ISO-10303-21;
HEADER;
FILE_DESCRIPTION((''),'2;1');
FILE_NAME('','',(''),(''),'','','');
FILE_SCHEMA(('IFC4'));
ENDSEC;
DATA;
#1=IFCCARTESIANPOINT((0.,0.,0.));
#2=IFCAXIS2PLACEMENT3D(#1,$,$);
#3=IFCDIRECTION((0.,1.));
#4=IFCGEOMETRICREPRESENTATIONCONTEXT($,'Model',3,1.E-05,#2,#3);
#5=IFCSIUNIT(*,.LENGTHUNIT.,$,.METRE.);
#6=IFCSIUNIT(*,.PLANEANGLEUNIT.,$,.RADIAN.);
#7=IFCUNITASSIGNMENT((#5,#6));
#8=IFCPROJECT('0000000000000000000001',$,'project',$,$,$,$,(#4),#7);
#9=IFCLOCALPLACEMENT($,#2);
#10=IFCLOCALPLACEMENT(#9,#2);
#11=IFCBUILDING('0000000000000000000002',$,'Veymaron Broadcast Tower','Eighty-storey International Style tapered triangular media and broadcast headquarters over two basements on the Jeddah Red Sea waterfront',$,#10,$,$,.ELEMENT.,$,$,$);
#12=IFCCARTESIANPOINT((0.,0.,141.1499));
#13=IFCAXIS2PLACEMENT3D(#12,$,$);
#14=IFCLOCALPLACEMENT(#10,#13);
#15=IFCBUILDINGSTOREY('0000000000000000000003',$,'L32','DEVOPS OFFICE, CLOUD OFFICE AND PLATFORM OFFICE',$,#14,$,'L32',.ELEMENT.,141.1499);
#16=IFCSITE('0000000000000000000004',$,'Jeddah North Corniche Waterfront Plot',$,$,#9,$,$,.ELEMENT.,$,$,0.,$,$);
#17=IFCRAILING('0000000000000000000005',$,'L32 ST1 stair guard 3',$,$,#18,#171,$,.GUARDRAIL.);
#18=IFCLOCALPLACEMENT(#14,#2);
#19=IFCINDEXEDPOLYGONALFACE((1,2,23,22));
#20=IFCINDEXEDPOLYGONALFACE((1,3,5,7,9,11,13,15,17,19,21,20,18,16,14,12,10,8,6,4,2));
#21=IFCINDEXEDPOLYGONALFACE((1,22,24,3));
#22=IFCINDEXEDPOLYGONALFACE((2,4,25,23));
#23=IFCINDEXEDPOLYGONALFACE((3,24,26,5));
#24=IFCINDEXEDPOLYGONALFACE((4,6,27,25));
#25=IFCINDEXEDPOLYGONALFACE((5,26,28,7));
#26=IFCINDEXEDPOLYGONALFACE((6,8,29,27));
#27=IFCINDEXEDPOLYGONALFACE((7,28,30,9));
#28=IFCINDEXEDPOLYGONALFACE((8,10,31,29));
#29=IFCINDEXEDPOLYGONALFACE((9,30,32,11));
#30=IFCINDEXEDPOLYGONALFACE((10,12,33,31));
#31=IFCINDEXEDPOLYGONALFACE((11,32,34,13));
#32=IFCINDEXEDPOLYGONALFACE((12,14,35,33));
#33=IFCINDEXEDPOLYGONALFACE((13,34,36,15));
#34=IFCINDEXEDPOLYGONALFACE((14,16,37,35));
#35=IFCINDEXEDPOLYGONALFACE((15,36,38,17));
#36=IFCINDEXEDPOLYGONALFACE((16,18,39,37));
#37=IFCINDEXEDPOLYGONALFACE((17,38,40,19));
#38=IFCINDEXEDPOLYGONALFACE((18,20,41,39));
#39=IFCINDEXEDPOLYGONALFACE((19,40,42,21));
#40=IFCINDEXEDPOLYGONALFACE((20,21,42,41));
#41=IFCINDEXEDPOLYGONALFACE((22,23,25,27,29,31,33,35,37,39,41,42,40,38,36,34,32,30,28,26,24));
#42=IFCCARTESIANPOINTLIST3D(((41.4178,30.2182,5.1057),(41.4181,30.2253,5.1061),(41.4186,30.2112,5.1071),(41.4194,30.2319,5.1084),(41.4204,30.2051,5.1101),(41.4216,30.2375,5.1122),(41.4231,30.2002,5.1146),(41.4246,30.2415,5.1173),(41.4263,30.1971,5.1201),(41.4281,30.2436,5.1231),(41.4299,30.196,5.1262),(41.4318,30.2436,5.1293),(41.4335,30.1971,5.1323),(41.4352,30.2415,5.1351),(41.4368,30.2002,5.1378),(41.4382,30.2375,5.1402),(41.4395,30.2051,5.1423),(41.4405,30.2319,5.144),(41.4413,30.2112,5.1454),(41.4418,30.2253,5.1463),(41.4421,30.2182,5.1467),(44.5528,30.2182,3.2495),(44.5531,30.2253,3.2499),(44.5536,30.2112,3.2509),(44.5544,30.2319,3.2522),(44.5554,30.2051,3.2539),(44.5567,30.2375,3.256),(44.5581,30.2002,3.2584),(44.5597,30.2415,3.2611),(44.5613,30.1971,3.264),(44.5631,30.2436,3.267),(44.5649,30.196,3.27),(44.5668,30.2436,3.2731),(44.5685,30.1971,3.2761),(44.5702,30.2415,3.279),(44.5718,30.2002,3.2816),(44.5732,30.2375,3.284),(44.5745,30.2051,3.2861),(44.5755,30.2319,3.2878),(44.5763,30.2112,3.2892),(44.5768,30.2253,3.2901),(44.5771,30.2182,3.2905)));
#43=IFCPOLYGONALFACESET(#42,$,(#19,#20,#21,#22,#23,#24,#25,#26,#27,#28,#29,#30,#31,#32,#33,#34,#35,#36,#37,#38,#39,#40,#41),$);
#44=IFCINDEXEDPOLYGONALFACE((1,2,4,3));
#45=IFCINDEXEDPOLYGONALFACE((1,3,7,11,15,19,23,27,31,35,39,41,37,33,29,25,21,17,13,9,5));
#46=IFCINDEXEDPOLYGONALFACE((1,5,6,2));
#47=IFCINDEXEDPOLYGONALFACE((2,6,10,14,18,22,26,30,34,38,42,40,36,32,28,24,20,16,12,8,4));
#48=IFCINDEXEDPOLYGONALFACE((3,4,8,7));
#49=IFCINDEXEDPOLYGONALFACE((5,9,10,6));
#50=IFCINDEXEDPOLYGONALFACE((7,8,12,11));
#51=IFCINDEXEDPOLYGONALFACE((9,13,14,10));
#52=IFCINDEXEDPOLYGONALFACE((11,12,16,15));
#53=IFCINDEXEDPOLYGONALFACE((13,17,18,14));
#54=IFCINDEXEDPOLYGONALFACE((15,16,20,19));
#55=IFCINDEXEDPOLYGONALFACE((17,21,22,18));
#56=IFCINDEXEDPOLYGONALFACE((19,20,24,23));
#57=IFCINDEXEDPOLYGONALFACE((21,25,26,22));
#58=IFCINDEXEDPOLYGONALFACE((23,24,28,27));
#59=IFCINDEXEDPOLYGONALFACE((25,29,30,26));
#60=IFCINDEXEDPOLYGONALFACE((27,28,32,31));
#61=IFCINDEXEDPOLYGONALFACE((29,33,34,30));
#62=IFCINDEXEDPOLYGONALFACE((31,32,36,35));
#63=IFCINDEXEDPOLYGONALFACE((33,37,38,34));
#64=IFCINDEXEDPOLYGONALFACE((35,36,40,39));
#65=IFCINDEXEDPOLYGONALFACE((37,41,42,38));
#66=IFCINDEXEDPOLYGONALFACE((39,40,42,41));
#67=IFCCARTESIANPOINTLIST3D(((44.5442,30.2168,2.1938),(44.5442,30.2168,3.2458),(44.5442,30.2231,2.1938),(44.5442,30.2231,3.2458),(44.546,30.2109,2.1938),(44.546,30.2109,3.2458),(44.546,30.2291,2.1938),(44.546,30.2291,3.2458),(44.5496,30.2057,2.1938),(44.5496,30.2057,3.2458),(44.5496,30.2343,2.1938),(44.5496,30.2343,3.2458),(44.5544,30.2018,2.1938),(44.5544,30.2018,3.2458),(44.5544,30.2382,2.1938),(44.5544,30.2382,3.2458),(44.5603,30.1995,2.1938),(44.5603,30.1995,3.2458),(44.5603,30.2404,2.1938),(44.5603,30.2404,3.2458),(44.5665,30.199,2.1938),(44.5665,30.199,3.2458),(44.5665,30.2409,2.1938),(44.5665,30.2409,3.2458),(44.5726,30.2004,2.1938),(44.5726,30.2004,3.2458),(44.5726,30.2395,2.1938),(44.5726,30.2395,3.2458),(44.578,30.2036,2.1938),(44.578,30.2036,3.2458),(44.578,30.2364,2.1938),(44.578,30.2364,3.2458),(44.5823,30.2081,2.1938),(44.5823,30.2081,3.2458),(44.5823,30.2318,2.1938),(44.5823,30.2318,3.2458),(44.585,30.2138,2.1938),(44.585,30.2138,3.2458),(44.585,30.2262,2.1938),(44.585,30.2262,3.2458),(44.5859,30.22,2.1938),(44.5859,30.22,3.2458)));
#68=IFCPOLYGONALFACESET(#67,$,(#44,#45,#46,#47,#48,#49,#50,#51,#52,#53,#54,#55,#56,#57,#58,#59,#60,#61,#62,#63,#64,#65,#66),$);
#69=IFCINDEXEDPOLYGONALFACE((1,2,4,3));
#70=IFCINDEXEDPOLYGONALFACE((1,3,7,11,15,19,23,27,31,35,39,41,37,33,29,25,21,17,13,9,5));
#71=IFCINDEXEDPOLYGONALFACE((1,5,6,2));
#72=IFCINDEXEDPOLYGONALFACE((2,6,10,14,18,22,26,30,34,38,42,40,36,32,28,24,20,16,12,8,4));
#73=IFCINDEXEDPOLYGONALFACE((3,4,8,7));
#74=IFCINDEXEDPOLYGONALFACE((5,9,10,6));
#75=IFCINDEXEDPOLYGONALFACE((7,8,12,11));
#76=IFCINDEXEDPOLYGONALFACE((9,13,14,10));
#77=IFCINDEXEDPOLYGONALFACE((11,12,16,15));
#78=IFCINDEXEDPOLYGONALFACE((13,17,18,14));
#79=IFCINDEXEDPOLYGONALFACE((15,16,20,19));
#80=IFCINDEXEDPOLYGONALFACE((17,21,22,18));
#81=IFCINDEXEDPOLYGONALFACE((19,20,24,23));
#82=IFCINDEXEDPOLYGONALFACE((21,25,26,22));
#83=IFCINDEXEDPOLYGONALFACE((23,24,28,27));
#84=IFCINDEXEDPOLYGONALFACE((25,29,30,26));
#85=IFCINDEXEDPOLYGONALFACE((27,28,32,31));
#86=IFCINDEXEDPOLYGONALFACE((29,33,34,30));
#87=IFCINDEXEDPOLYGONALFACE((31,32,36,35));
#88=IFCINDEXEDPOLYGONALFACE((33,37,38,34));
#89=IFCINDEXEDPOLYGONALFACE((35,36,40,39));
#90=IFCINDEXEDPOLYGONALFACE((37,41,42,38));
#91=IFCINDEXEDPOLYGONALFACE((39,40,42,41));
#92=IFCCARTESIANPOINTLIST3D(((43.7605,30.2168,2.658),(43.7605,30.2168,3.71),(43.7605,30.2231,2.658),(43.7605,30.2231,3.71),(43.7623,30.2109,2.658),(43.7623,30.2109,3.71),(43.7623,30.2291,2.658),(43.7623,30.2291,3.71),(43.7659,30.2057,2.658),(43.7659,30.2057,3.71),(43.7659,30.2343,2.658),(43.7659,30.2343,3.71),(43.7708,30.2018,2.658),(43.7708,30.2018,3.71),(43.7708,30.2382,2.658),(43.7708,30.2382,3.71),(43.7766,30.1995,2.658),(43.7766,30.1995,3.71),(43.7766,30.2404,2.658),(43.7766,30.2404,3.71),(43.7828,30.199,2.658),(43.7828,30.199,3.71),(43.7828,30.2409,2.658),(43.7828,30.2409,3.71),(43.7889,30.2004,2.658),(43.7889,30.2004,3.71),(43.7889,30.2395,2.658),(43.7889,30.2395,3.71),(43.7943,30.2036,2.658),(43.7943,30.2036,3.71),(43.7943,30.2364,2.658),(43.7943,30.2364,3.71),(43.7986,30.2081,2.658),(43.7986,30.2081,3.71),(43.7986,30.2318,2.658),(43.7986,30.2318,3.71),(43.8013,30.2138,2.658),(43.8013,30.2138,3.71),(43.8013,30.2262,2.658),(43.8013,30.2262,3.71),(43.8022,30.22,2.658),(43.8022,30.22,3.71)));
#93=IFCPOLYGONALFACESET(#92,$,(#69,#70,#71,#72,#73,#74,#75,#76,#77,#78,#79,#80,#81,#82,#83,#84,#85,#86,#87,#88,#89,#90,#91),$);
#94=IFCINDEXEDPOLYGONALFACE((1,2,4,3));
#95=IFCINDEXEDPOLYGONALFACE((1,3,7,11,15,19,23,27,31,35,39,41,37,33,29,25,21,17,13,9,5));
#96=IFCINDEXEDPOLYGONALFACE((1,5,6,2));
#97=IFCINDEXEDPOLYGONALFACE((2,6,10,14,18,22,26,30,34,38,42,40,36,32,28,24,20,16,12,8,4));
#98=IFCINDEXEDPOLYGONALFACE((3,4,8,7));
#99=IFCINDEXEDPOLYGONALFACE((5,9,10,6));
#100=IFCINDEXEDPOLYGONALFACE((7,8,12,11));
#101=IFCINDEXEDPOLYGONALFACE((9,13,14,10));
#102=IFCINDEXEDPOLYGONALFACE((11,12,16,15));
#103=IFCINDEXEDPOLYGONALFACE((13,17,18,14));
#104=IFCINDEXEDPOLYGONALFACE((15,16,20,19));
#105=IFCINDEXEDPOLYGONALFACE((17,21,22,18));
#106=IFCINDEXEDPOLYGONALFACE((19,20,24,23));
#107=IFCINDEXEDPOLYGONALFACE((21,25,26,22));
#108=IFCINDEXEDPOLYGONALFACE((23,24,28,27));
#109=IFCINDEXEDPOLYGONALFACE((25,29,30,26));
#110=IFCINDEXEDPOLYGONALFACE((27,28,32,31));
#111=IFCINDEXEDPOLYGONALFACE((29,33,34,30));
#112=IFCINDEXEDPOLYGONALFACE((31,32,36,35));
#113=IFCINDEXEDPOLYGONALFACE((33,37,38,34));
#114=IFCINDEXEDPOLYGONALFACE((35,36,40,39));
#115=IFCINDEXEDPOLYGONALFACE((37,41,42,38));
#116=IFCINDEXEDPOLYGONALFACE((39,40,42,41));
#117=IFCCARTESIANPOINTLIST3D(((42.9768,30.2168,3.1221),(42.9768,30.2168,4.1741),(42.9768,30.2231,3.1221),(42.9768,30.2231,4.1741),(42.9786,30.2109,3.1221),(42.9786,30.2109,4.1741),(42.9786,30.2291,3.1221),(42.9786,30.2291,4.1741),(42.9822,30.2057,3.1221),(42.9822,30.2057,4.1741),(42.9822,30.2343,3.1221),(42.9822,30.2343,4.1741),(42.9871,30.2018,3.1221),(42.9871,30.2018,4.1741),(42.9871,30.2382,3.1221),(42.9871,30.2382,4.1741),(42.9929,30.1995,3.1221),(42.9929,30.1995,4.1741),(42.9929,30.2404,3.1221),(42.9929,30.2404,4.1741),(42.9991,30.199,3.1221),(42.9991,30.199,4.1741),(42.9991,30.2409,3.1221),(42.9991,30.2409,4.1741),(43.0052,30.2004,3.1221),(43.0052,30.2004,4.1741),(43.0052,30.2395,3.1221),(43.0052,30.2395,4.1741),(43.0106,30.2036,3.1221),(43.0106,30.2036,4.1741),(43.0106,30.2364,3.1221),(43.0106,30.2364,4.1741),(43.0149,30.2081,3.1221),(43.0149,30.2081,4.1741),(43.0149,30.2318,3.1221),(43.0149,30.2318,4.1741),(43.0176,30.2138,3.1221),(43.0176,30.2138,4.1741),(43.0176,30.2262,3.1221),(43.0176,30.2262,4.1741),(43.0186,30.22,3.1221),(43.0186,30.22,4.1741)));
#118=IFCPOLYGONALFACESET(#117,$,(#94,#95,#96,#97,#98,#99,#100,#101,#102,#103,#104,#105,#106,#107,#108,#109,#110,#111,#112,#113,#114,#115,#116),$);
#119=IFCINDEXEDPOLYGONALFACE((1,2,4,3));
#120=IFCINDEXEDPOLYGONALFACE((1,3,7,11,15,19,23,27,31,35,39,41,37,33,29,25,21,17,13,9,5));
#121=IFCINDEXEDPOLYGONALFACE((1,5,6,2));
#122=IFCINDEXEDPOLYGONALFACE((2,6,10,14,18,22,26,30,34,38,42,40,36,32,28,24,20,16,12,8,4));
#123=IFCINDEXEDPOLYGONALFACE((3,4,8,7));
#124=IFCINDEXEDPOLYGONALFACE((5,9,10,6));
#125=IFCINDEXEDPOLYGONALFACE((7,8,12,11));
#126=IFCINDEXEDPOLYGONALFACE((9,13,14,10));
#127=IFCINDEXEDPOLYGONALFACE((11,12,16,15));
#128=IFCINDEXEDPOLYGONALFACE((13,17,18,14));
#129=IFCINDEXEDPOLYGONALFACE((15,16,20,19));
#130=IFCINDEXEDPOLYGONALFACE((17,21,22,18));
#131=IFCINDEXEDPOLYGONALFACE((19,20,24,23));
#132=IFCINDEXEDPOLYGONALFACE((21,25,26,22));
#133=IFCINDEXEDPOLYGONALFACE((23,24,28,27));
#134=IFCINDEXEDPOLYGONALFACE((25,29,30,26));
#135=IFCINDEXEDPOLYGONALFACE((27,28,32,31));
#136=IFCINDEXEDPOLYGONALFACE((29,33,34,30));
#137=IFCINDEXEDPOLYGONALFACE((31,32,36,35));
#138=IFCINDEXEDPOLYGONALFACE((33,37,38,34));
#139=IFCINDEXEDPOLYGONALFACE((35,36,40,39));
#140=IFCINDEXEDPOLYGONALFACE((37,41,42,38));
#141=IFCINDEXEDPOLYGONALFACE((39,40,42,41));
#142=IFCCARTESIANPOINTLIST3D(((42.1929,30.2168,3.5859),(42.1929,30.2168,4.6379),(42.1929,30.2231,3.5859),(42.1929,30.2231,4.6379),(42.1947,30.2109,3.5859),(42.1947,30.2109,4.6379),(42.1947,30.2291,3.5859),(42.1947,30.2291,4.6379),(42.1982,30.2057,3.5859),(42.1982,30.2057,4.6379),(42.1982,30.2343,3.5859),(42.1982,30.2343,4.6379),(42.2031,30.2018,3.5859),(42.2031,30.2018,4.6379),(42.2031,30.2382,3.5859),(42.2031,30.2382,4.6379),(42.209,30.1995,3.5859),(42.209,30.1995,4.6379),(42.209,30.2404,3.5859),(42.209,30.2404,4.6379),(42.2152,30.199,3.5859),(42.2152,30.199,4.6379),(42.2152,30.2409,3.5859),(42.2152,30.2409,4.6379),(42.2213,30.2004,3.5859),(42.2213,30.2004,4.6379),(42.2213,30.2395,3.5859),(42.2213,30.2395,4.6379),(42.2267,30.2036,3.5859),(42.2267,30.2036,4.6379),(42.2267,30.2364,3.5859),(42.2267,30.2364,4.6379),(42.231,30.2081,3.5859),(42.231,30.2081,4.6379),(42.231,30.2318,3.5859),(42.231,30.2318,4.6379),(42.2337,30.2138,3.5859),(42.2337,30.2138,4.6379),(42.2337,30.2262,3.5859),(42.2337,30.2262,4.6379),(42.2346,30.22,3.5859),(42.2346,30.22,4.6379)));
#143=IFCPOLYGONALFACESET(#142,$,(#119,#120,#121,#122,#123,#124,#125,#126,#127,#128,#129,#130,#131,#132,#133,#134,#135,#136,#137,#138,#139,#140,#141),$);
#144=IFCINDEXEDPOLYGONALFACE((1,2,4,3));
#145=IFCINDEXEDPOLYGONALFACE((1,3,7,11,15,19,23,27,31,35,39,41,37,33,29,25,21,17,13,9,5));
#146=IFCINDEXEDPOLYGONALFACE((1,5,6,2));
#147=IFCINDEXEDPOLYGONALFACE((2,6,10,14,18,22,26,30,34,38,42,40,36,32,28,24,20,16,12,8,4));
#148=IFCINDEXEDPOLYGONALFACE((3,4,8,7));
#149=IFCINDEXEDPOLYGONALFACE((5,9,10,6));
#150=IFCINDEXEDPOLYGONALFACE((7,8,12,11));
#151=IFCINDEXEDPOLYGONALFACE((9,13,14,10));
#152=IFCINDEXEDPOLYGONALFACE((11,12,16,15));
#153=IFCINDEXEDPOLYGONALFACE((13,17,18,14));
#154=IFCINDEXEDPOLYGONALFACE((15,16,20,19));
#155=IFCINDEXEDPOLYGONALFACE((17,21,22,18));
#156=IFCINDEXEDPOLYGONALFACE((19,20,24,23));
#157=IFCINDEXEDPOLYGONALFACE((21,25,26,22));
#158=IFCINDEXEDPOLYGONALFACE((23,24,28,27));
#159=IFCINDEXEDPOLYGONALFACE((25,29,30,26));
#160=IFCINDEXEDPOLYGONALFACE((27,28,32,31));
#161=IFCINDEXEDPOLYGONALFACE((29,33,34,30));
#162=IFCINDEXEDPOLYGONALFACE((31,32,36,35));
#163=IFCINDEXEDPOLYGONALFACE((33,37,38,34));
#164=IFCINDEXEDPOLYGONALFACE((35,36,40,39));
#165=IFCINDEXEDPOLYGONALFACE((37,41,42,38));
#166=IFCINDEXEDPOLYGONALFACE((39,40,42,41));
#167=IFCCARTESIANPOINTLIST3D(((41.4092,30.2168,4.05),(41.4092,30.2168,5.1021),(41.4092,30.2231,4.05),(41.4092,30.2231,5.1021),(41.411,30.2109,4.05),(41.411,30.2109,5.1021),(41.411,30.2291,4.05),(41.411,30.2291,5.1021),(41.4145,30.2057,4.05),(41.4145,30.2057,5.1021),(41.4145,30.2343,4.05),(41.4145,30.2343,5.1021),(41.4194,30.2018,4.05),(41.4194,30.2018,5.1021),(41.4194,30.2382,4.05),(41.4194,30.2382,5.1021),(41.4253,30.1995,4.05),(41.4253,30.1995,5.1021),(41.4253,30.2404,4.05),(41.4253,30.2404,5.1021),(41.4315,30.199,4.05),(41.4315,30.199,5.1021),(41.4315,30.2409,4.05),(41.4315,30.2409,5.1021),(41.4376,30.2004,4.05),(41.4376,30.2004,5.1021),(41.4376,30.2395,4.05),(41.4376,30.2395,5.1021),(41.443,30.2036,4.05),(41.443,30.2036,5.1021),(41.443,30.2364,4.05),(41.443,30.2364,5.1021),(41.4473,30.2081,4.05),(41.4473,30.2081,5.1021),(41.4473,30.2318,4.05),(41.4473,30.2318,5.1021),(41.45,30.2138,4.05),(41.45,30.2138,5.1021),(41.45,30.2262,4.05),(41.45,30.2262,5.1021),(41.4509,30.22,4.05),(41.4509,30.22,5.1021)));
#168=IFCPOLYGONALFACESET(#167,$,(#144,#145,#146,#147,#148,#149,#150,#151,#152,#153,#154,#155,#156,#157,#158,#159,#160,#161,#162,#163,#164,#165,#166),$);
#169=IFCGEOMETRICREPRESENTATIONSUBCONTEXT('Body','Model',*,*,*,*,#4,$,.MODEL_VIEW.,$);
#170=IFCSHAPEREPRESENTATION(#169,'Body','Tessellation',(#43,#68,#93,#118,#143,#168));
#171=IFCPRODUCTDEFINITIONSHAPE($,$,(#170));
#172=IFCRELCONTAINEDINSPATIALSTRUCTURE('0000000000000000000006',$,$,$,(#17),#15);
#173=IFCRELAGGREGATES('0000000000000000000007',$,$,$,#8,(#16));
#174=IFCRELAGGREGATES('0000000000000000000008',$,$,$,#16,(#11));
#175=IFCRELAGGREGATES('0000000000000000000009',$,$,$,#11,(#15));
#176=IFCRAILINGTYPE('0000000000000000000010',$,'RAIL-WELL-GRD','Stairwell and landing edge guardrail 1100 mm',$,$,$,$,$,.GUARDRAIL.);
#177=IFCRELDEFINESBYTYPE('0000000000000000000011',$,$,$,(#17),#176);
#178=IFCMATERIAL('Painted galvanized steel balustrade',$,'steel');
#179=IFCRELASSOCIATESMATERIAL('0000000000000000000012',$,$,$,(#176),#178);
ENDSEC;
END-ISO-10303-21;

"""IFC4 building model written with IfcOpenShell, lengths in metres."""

from ifc_helpers import new_model, si_unit, direction, frame, origin, origin_2d, place, context, subcontext, project, spatial, circle, extrude, material, type_object, element, save


model = new_model("IFC4")

# Units and contexts
model_context = context("Model", 3, precision=1e-05, world=origin(), true_north=direction((0.0, 1.0)))
body_context = subcontext(model_context, "Body", "Model", "MODEL_VIEW")
ifc_project = project(units=[si_unit("LENGTHUNIT", "METRE"), si_unit("PLANEANGLEUNIT", "RADIAN")], contexts=[model_context])

# Site, building, storey
site_placement = place(None, origin())
site = spatial("IfcSite", under=ifc_project, at=site_placement, Name="Jeddah North Corniche Waterfront Plot", CompositionType="ELEMENT", RefElevation=0.0)
building_placement = place(site_placement, origin())
building = spatial("IfcBuilding", under=site, at=building_placement, Name="Veymaron Broadcast Tower", Description="Eighty-storey International Style tapered triangular media and broadcast headquarters over two basements on the Jeddah Red Sea waterfront", CompositionType="ELEMENT")
storey_placement = place(building_placement, frame((0.0, 0.0, 141.1499)))
storey = spatial("IfcBuildingStorey", under=building, at=storey_placement, Name="L32", Description="DEVOPS OFFICE, CLOUD OFFICE AND PLATFORM OFFICE", LongName="L32", CompositionType="ELEMENT", Elevation=141.1499)

# Railing
ifc_material_1 = material(Name="Painted galvanized steel balustrade", Category="steel")
railing_type_1 = type_object("IfcRailingType", Name="RAIL-WELL-GRD", Description="Stairwell and landing edge guardrail 1100 mm", PredefinedType="GUARDRAIL", material=ifc_material_1)
railing_1_placement = place(storey_placement, frame((44.5649, 30.22, 2.1938)))
element("IfcRailing", 1, at=railing_1_placement, inside=storey, type_object=railing_type_1, Name="L32 ST1 stair guard 3", PredefinedType="GUARDRAIL", context=body_context, shape_type="SweptSolid", body=[
    extrude(circle(Radius=0.0239, at=origin_2d()), frame((0.0, 0.0, 1.0762), z_axis=(-0.860482, 0.0, 0.509481), x_axis=(0.0, -1.0, 0.0)), (0.0, 0.0, 1.0), 3.6433),
    extrude(circle(Radius=0.021, at=origin_2d()), origin(), (0.0, 0.0, 1.0), 1.052),
    extrude(circle(Radius=0.021, at=origin_2d()), frame((-0.7837, 0.0, 0.4641)), (0.0, 0.0, 1.0), 1.052),
    extrude(circle(Radius=0.021, at=origin_2d()), frame((-1.5674, 0.0, 0.9282)), (0.0, 0.0, 1.0), 1.052),
    extrude(circle(Radius=0.021, at=origin_2d()), frame((-2.3513, 0.0, 1.3921)), (0.0, 0.0, 1.0), 1.052),
    extrude(circle(Radius=0.021, at=origin_2d()), frame((-3.135, 0.0, 1.8562)), (0.0, 0.0, 1.0), 1.052),
])

save(model, "model.ifc")
